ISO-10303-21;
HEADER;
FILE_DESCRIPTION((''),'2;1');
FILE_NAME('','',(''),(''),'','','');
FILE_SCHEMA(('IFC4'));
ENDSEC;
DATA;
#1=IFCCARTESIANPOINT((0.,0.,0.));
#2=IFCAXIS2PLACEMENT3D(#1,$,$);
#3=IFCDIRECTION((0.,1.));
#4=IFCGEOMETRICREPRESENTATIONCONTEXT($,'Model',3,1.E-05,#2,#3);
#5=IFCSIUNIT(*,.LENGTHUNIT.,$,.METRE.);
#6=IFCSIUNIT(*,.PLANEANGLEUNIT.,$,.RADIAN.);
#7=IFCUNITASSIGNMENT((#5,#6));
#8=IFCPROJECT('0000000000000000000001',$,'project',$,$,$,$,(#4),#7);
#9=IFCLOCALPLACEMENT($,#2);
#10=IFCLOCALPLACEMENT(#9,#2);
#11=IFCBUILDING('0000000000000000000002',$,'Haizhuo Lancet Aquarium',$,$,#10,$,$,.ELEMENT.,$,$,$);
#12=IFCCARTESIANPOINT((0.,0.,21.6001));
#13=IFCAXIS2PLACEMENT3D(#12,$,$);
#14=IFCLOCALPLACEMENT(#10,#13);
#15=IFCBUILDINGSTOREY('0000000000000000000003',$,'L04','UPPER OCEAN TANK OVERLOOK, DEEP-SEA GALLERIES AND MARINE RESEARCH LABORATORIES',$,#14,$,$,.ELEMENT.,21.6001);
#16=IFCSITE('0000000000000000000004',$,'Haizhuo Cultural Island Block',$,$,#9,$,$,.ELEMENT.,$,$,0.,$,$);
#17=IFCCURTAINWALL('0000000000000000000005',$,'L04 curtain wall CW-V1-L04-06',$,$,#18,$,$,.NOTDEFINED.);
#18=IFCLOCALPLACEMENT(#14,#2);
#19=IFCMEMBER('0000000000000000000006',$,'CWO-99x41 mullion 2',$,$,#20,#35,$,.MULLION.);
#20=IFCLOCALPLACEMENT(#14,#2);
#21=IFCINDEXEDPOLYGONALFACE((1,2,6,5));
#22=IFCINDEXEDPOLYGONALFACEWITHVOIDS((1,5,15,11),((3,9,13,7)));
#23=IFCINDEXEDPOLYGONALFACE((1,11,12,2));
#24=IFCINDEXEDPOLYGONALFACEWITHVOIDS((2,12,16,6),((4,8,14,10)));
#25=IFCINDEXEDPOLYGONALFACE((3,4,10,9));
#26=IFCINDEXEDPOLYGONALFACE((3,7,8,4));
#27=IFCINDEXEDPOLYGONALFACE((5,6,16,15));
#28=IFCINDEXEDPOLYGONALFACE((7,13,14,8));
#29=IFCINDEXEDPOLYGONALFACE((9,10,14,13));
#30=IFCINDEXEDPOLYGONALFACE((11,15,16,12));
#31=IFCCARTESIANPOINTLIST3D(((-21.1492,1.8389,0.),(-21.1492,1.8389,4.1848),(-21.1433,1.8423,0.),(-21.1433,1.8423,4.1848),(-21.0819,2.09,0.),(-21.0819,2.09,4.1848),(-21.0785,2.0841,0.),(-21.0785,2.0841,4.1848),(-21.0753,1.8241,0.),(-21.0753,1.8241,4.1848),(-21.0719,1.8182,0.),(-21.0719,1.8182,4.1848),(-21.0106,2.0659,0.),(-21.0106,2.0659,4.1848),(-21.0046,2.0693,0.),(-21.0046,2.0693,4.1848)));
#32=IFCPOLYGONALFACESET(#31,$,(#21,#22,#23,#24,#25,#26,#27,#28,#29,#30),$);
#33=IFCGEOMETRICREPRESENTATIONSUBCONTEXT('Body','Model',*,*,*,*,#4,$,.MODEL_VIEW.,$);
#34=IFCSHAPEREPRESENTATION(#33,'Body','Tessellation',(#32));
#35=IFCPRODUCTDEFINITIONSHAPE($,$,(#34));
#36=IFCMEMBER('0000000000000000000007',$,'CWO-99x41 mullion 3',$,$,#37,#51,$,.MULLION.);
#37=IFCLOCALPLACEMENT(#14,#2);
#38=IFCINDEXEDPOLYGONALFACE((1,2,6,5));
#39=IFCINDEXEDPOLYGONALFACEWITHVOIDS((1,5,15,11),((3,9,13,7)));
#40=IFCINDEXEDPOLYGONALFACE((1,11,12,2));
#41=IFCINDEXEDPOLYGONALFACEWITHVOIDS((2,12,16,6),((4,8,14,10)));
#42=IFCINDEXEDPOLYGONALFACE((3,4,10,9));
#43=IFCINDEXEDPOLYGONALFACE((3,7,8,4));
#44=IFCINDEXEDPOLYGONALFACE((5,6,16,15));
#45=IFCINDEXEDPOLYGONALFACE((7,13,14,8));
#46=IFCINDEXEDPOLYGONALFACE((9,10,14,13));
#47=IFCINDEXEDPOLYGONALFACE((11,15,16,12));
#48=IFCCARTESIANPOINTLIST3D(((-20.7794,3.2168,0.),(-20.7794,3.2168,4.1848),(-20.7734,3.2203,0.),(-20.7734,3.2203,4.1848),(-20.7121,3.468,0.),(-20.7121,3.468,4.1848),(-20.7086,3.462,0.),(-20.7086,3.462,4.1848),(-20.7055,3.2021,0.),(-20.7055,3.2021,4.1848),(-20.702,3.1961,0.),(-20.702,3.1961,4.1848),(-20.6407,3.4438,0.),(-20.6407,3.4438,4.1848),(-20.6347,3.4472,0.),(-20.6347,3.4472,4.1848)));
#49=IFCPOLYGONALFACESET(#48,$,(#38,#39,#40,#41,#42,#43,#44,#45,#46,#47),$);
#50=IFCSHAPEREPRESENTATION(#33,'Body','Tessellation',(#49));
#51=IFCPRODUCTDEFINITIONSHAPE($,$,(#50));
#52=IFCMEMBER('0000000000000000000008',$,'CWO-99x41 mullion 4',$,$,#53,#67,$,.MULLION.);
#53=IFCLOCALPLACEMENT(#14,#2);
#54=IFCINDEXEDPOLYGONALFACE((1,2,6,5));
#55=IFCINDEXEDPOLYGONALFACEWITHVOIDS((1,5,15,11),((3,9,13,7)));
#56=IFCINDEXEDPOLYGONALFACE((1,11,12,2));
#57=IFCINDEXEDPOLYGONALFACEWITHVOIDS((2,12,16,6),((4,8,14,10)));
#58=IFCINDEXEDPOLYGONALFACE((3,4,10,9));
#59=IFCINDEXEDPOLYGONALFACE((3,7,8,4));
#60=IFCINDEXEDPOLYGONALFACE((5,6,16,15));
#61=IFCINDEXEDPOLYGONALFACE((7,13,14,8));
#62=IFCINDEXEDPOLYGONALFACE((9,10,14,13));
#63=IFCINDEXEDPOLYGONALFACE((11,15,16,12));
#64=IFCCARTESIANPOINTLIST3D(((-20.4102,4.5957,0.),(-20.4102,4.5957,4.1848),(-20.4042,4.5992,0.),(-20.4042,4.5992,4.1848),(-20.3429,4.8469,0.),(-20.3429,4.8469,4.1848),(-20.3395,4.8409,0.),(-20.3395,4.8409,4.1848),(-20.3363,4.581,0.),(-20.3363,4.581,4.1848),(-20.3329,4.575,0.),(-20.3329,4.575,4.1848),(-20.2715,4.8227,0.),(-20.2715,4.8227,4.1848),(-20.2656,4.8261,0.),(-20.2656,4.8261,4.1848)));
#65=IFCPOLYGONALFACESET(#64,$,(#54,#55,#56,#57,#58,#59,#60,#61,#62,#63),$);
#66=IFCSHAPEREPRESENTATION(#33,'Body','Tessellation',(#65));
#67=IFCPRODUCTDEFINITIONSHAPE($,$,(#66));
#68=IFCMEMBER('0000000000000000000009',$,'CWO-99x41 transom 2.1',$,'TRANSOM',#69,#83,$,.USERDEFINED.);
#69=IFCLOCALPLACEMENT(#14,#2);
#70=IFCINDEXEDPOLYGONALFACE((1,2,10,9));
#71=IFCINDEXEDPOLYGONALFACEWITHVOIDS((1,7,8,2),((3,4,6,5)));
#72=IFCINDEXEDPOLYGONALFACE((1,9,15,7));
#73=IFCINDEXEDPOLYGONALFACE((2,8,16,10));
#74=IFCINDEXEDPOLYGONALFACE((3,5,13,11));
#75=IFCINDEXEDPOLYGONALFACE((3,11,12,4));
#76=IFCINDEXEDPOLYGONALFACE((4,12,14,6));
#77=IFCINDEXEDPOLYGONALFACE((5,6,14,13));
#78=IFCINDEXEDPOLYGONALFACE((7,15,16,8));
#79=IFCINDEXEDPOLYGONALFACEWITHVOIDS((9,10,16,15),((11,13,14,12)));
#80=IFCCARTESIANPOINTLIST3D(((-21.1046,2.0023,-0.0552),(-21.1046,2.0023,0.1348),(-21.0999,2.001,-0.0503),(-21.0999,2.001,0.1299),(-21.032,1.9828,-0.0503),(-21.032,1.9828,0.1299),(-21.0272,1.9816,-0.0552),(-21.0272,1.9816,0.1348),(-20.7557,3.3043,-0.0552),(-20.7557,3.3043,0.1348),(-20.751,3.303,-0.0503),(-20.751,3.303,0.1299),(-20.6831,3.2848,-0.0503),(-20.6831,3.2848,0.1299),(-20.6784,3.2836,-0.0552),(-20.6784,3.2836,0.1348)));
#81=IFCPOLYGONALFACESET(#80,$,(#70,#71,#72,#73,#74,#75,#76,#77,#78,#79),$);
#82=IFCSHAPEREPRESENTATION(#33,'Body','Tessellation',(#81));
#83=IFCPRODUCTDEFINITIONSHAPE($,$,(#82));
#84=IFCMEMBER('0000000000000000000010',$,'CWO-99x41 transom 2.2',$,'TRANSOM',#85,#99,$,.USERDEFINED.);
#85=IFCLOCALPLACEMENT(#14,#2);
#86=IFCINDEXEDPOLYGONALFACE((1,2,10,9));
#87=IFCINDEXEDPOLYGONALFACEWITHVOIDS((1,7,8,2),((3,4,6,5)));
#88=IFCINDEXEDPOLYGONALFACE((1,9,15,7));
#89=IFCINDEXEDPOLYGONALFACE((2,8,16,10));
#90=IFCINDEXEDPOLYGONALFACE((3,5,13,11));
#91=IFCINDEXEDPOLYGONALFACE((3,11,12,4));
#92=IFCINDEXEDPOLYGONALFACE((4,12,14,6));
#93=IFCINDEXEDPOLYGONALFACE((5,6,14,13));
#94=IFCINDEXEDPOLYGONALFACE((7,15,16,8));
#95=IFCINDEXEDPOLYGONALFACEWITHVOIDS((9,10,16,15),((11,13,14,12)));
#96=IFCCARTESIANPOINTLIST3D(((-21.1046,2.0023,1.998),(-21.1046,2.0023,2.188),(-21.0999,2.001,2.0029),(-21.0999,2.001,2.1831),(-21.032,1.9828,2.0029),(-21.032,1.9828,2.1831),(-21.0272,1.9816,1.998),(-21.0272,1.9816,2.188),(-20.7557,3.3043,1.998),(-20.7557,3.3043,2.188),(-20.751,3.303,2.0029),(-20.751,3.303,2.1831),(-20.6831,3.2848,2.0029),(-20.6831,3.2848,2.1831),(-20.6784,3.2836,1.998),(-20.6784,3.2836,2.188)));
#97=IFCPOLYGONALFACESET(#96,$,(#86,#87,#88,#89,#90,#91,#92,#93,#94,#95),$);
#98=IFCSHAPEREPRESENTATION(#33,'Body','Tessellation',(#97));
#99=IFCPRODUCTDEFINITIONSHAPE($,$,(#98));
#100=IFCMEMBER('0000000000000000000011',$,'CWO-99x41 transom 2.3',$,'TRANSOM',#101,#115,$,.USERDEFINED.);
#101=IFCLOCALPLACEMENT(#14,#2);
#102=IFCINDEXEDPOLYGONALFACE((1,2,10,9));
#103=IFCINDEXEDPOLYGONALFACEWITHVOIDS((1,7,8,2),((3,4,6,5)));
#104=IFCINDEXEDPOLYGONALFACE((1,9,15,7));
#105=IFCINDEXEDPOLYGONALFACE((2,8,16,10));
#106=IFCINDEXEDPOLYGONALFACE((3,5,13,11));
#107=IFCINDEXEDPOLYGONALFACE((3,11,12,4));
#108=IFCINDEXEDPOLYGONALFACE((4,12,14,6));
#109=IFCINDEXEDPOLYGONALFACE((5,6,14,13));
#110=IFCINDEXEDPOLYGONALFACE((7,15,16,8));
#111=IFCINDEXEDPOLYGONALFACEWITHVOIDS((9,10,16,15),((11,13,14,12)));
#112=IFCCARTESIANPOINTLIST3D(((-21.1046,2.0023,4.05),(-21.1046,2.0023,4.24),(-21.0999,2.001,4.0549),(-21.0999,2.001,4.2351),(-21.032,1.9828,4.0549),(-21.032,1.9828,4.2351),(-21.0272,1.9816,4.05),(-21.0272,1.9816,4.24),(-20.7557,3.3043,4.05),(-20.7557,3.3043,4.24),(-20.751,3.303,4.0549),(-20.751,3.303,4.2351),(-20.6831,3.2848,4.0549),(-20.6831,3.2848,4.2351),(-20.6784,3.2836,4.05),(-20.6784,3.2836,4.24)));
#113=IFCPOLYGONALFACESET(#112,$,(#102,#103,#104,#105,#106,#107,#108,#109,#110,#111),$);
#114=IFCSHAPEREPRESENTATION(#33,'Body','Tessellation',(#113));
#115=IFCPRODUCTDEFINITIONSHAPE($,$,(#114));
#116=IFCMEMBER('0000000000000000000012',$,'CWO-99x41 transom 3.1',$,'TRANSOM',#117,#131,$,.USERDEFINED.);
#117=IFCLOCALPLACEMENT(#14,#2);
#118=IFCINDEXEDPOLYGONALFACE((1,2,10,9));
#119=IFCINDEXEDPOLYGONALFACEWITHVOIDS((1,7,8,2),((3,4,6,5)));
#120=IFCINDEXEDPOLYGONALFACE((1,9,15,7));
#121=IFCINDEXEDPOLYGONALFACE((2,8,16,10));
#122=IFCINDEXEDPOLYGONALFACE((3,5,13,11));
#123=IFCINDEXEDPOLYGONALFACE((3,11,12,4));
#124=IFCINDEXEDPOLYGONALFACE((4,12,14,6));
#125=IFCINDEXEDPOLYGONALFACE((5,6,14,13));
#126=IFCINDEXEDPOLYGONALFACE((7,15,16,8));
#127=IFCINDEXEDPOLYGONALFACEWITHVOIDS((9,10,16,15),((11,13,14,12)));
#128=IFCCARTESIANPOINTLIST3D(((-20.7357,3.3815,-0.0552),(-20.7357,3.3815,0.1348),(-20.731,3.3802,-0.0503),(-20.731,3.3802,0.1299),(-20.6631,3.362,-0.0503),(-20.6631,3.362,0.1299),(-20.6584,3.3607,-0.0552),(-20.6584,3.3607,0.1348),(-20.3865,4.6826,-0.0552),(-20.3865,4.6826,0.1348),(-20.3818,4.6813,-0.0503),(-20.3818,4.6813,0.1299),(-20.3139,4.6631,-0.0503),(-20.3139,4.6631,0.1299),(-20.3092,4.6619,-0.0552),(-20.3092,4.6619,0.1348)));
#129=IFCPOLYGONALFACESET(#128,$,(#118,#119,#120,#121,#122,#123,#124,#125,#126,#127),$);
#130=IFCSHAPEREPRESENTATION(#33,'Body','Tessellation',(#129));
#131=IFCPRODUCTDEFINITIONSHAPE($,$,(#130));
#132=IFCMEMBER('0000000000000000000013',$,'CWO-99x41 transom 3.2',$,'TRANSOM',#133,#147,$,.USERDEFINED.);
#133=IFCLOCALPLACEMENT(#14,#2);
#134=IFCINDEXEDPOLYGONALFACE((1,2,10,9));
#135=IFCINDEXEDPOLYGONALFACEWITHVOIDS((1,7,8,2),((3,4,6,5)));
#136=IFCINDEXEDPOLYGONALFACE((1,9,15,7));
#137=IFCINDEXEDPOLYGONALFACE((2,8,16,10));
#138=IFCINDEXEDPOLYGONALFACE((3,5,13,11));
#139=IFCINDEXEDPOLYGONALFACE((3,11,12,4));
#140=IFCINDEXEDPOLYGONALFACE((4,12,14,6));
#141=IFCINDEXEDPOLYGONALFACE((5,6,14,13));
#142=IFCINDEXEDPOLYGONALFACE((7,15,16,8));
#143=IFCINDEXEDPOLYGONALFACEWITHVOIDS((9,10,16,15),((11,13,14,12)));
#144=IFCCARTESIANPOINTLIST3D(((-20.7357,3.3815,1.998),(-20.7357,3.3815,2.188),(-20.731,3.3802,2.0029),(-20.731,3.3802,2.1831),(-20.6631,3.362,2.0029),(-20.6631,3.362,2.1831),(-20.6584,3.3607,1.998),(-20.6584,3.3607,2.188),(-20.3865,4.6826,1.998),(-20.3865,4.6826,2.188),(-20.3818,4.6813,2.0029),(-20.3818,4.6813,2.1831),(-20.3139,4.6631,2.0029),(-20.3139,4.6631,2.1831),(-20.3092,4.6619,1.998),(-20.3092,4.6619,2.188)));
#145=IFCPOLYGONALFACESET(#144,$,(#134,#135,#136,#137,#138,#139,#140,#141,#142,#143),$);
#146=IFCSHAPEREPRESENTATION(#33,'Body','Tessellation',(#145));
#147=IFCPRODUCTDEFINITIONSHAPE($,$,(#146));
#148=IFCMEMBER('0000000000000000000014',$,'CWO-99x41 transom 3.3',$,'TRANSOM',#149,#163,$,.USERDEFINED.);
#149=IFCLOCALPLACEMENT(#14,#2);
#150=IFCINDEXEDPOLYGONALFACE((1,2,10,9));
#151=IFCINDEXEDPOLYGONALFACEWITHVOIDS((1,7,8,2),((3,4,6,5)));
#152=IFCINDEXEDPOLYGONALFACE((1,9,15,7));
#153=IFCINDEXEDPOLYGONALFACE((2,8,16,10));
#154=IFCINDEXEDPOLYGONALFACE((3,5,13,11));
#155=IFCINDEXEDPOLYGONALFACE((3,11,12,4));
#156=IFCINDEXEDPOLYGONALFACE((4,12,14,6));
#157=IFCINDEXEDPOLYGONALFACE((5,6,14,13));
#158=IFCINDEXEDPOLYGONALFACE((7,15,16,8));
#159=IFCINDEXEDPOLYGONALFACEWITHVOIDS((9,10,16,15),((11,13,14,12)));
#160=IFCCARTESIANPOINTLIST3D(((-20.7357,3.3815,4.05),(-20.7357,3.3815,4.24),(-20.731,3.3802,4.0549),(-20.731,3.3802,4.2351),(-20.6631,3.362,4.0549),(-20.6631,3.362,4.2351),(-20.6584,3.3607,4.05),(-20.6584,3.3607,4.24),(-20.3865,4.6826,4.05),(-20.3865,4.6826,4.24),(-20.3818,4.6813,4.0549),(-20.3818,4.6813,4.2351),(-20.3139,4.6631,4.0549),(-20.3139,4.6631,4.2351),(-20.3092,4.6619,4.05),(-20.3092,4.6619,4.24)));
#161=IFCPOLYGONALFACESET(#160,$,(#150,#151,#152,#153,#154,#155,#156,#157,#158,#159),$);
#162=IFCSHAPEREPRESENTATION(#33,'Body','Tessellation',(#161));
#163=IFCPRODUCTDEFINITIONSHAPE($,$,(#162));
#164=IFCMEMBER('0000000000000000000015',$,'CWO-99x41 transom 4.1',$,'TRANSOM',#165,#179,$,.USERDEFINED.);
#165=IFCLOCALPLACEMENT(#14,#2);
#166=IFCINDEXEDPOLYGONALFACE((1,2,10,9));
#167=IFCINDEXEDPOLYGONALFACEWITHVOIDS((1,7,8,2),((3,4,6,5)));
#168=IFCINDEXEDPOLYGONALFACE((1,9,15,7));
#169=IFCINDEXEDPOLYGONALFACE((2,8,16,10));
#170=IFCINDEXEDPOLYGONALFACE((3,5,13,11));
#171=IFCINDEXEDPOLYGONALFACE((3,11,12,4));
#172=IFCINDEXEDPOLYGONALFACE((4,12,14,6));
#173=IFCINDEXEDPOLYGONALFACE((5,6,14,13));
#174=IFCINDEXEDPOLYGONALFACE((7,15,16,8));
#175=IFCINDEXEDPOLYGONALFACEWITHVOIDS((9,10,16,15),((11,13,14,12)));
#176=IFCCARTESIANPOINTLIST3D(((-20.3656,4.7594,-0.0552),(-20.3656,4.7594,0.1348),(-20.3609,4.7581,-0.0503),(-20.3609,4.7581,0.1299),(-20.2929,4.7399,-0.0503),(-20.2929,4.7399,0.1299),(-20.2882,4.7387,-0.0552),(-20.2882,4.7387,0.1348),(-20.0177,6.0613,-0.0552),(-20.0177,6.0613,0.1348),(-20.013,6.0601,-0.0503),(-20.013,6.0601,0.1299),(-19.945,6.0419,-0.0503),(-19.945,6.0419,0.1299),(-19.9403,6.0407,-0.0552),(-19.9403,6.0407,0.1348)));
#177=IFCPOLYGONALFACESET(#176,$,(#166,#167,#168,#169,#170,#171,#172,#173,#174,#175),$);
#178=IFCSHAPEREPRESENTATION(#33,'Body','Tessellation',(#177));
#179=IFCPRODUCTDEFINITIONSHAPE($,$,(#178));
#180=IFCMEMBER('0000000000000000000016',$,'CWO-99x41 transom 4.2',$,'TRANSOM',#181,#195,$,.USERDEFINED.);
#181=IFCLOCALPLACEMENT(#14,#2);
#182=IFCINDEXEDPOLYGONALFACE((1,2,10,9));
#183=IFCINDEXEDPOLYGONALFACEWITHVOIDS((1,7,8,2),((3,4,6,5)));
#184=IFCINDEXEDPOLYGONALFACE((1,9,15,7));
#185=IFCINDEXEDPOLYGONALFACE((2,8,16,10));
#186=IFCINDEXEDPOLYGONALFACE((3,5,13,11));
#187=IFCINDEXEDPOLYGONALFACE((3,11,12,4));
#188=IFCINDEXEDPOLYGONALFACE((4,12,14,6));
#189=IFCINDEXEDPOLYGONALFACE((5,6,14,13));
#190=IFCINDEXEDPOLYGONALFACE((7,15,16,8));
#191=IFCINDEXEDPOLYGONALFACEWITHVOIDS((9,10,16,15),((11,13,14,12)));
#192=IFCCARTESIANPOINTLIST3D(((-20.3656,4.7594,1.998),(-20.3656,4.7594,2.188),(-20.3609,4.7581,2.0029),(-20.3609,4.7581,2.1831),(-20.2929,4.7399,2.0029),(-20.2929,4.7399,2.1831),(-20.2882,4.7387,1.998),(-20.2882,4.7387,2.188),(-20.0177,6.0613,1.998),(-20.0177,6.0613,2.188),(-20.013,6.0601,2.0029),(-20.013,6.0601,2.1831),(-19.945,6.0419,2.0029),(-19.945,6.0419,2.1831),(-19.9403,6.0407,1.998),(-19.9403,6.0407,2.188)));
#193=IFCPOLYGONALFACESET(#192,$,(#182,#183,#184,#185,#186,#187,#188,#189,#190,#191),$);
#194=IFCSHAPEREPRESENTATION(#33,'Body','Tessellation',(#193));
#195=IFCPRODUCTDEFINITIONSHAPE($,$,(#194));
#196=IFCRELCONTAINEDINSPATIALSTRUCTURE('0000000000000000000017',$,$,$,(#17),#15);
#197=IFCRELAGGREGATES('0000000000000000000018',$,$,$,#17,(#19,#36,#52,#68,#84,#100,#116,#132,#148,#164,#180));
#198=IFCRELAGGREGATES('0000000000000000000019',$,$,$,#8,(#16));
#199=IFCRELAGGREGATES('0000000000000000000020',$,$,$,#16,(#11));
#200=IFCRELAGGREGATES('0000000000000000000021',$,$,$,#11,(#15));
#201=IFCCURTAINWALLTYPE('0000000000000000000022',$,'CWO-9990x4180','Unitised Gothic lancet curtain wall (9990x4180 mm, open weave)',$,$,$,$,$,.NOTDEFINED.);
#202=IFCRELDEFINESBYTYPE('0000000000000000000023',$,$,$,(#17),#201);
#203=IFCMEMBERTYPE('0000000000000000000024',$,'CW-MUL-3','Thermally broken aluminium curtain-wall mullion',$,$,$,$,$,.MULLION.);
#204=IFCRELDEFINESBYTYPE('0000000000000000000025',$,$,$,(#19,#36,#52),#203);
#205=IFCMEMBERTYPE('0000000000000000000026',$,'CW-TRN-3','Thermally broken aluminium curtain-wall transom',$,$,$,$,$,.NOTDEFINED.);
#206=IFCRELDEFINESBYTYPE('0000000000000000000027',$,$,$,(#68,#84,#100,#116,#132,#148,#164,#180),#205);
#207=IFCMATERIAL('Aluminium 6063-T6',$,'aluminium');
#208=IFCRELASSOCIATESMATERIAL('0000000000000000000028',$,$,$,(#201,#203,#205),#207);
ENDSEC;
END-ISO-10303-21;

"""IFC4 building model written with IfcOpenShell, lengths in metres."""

from ifc_helpers import new_model, si_unit, direction, frame, origin, origin_2d, place, context, subcontext, project, spatial, hollow_rectangle, extrude, material, material_profile, profile_set, type_object, element, aggregate, save


model = new_model("IFC4")

# Units and contexts
model_context = context("Model", 3, precision=1e-05, world=origin(), true_north=direction((0.0, 1.0)))
body_context = subcontext(model_context, "Body", "Model", "MODEL_VIEW")
ifc_project = project(units=[si_unit("LENGTHUNIT", "METRE"), si_unit("PLANEANGLEUNIT", "RADIAN")], contexts=[model_context])

# Site, building, storey
site_placement = place(None, origin())
site = spatial("IfcSite", under=ifc_project, at=site_placement, Name="Haizhuo Cultural Island Block", CompositionType="ELEMENT", RefElevation=0.0)
building_placement = place(site_placement, origin())
building = spatial("IfcBuilding", under=site, at=building_placement, Name="Haizhuo Lancet Aquarium", CompositionType="ELEMENT")
storey_placement = place(building_placement, frame((0.0, 0.0, 21.6001)))
storey = spatial("IfcBuildingStorey", under=building, at=storey_placement, Name="L04", Description="UPPER OCEAN TANK OVERLOOK, DEEP-SEA GALLERIES AND MARINE RESEARCH LABORATORIES", CompositionType="ELEMENT", Elevation=21.6001)

# Curtain wall, members
ifc_material_1 = material(Name="Aluminium 6063-T6", Category="aluminium")
curtain_wall_type = type_object("IfcCurtainWallType", Name="CWO-9990x4180", Description="Unitised Gothic lancet curtain wall (9990x4180 mm, open weave)", PredefinedType="NOTDEFINED", material=ifc_material_1)
curtain_wall_placement = place(storey_placement, origin())
curtain_wall = element("IfcCurtainWall", 1, at=curtain_wall_placement, inside=storey, type_object=curtain_wall_type, Name="L04 curtain wall CW-V1-L04-06", PredefinedType="NOTDEFINED")
ifc_material_profile_1 = material_profile(ifc_material_1, hollow_rectangle(XDim=0.0801, YDim=0.26, WallThickness=0.0049, at=origin_2d()), Name="ALU-M 80x260x5")
ifc_profile_set_1 = profile_set([ifc_material_profile_1], Name="Aluminium 6063-T6")
member_type_1 = type_object("IfcMemberType", Name="CW-MUL-3", Description="Thermally broken aluminium curtain-wall mullion", PredefinedType="MULLION", material=ifc_profile_set_1)
member_1_placement = place(storey_placement, frame((-21.0769, 1.9541, 0.0), z_axis=(0.0, 0.0, 1.0), x_axis=(-0.965917, 0.258853, 0.0)))
member_1 = element("IfcMember", 2, at=member_1_placement, type_object=member_type_1, Name="CWO-99x41 mullion 2", PredefinedType="MULLION", context=body_context, shape_type="SweptSolid", body=[
    extrude(hollow_rectangle(XDim=0.0801, YDim=0.26, WallThickness=0.0049, at=origin_2d()), origin(), (0.0, 0.0, 1.0), 4.1848),
])
member_2_placement = place(storey_placement, frame((-20.707, 3.332, 0.0), z_axis=(0.0, 0.0, 1.0), x_axis=(-0.965917, 0.258853, 0.0)))
member_2 = element("IfcMember", 3, at=member_2_placement, type_object=member_type_1, Name="CWO-99x41 mullion 3", PredefinedType="MULLION", context=body_context, shape_type="SweptSolid", body=[
    extrude(hollow_rectangle(XDim=0.0801, YDim=0.26, WallThickness=0.0049, at=origin_2d()), origin(), (0.0, 0.0, 1.0), 4.1848),
])
member_3_placement = place(storey_placement, frame((-20.3379, 4.7109, 0.0), z_axis=(0.0, 0.0, 1.0), x_axis=(-0.965917, 0.258853, 0.0)))
member_3 = element("IfcMember", 4, at=member_3_placement, type_object=member_type_1, Name="CWO-99x41 mullion 4", PredefinedType="MULLION", context=body_context, shape_type="SweptSolid", body=[
    extrude(hollow_rectangle(XDim=0.0801, YDim=0.26, WallThickness=0.0049, at=origin_2d()), origin(), (0.0, 0.0, 1.0), 4.1848),
])
ifc_material_profile_2 = material_profile(ifc_material_1, hollow_rectangle(XDim=0.0801, YDim=0.1899, WallThickness=0.0049, at=origin_2d()), Name="ALU-T 80x190x5")
ifc_profile_set_2 = profile_set([ifc_material_profile_2], Name="Aluminium 6063-T6")
member_type_2 = type_object("IfcMemberType", Name="CW-TRN-3", Description="Thermally broken aluminium curtain-wall transom", PredefinedType="NOTDEFINED", material=ifc_profile_set_2)
member_4_placement = place(storey_placement, frame((-21.0659, 1.9919, 0.0398), z_axis=(0.258824, 0.965925, 0.0), x_axis=(-0.965925, 0.258824, 0.0)))
member_4 = element("IfcMember", 5, at=member_4_placement, type_object=member_type_2, Name="CWO-99x41 transom 2.1", ObjectType="TRANSOM", PredefinedType="USERDEFINED", context=body_context, shape_type="SweptSolid", body=[
    extrude(hollow_rectangle(XDim=0.0801, YDim=0.1899, WallThickness=0.0049, at=origin_2d()), origin(), (0.0, 0.0, 1.0), 1.3479),
])
member_5_placement = place(storey_placement, frame((-21.0659, 1.9919, 2.093), z_axis=(0.258824, 0.965925, 0.0), x_axis=(-0.965925, 0.258824, 0.0)))
member_5 = element("IfcMember", 6, at=member_5_placement, type_object=member_type_2, Name="CWO-99x41 transom 2.2", ObjectType="TRANSOM", PredefinedType="USERDEFINED", context=body_context, shape_type="SweptSolid", body=[
    extrude(hollow_rectangle(XDim=0.0801, YDim=0.1899, WallThickness=0.0049, at=origin_2d()), origin(), (0.0, 0.0, 1.0), 1.3479),
])
member_6_placement = place(storey_placement, frame((-21.0659, 1.9919, 4.145), z_axis=(0.258824, 0.965925, 0.0), x_axis=(-0.965925, 0.258824, 0.0)))
member_6 = element("IfcMember", 7, at=member_6_placement, type_object=member_type_2, Name="CWO-99x41 transom 2.3", ObjectType="TRANSOM", PredefinedType="USERDEFINED", context=body_context, shape_type="SweptSolid", body=[
    extrude(hollow_rectangle(XDim=0.0801, YDim=0.1899, WallThickness=0.0049, at=origin_2d()), origin(), (0.0, 0.0, 1.0), 1.3479),
])
member_7_placement = place(storey_placement, frame((-20.697, 3.3711, 0.0398), z_axis=(0.259174, 0.965831, 0.0), x_axis=(-0.965831, 0.259174, 0.0)))
member_7 = element("IfcMember", 8, at=member_7_placement, type_object=member_type_2, Name="CWO-99x41 transom 3.1", ObjectType="TRANSOM", PredefinedType="USERDEFINED", context=body_context, shape_type="SweptSolid", body=[
    extrude(hollow_rectangle(XDim=0.0801, YDim=0.1899, WallThickness=0.0049, at=origin_2d()), origin(), (0.0, 0.0, 1.0), 1.3472),
])
member_8_placement = place(storey_placement, frame((-20.697, 3.3711, 2.093), z_axis=(0.259174, 0.965831, 0.0), x_axis=(-0.965831, 0.259174, 0.0)))
member_8 = element("IfcMember", 9, at=member_8_placement, type_object=member_type_2, Name="CWO-99x41 transom 3.2", ObjectType="TRANSOM", PredefinedType="USERDEFINED", context=body_context, shape_type="SweptSolid", body=[
    extrude(hollow_rectangle(XDim=0.0801, YDim=0.1899, WallThickness=0.0049, at=origin_2d()), origin(), (0.0, 0.0, 1.0), 1.3472),
])
member_9_placement = place(storey_placement, frame((-20.697, 3.3711, 4.145), z_axis=(0.259174, 0.965831, 0.0), x_axis=(-0.965831, 0.259174, 0.0)))
member_9 = element("IfcMember", 10, at=member_9_placement, type_object=member_type_2, Name="CWO-99x41 transom 3.3", ObjectType="TRANSOM", PredefinedType="USERDEFINED", context=body_context, shape_type="SweptSolid", body=[
    extrude(hollow_rectangle(XDim=0.0801, YDim=0.1899, WallThickness=0.0049, at=origin_2d()), origin(), (0.0, 0.0, 1.0), 1.3472),
])
member_10_placement = place(storey_placement, frame((-20.3269, 4.749, 0.0398), z_axis=(0.258147, 0.966106, 0.0), x_axis=(-0.966106, 0.258147, 0.0)))
member_10 = element("IfcMember", 11, at=member_10_placement, type_object=member_type_2, Name="CWO-99x41 transom 4.1", ObjectType="TRANSOM", PredefinedType="USERDEFINED", context=body_context, shape_type="SweptSolid", body=[
    extrude(hollow_rectangle(XDim=0.0801, YDim=0.1899, WallThickness=0.0049, at=origin_2d()), origin(), (0.0, 0.0, 1.0), 1.3477),
])
member_11_placement = place(storey_placement, frame((-20.3269, 4.749, 2.093), z_axis=(0.258147, 0.966106, 0.0), x_axis=(-0.966106, 0.258147, 0.0)))
member_11 = element("IfcMember", 12, at=member_11_placement, type_object=member_type_2, Name="CWO-99x41 transom 4.2", ObjectType="TRANSOM", PredefinedType="USERDEFINED", context=body_context, shape_type="SweptSolid", body=[
    extrude(hollow_rectangle(XDim=0.0801, YDim=0.1899, WallThickness=0.0049, at=origin_2d()), origin(), (0.0, 0.0, 1.0), 1.3477),
])

aggregate(curtain_wall, [member_1, member_2, member_3, member_4, member_5, member_6, member_7, member_8, member_9, member_10, member_11])

save(model, "model.ifc")
